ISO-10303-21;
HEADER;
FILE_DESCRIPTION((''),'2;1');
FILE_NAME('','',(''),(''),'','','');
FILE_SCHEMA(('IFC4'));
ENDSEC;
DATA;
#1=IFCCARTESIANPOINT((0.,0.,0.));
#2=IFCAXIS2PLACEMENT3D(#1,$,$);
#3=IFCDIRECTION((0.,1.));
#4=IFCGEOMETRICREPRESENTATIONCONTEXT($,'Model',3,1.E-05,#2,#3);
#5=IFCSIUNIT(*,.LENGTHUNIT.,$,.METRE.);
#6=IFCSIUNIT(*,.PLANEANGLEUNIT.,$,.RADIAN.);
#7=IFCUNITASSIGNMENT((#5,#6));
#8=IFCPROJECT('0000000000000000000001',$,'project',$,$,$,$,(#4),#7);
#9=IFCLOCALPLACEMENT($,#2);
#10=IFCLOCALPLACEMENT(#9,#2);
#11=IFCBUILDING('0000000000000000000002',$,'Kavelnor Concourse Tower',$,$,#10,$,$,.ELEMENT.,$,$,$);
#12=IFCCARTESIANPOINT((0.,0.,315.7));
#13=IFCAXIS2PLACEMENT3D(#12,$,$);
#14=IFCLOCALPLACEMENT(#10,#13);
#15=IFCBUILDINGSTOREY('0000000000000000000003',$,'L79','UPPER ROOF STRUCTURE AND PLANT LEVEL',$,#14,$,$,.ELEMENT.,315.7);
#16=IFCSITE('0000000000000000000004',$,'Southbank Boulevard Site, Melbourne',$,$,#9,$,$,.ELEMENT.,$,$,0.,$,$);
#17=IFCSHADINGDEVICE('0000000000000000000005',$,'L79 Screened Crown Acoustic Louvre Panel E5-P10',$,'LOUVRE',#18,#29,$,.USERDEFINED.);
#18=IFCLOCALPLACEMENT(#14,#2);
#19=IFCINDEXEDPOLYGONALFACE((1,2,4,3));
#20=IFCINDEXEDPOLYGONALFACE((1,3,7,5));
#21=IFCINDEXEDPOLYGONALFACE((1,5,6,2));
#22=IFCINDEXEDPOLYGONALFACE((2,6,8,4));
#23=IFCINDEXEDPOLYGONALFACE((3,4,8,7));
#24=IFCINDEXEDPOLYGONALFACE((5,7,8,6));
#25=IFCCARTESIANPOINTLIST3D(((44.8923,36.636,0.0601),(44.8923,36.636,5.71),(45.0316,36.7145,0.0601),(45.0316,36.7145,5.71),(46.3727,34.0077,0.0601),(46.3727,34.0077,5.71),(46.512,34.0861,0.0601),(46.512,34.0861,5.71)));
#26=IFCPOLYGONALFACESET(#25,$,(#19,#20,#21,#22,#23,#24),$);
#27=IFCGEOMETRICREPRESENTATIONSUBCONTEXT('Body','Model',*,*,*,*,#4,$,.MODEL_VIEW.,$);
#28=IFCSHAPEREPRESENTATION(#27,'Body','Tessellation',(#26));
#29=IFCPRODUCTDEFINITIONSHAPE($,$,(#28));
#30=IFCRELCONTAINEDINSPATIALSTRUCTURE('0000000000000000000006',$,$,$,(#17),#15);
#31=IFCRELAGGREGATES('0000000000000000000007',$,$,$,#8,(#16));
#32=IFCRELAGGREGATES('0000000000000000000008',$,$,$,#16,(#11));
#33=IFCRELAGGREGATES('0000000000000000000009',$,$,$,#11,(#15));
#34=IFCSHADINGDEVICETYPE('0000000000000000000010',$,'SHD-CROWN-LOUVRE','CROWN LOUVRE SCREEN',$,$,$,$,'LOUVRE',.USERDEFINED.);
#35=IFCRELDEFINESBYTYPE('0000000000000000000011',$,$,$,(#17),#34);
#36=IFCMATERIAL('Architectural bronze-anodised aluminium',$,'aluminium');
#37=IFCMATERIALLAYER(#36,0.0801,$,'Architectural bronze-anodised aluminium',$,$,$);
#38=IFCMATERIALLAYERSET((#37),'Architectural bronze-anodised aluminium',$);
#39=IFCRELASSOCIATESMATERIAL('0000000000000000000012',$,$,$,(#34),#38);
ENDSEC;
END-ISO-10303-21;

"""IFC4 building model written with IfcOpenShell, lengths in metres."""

from ifc_helpers import new_model, si_unit, direction, frame, origin, origin_2d, place, context, subcontext, project, spatial, rectangle, extrude, material, layer, layer_set, type_object, element, save


model = new_model("IFC4")

# Units and contexts
model_context = context("Model", 3, precision=1e-05, world=origin(), true_north=direction((0.0, 1.0)))
body_context = subcontext(model_context, "Body", "Model", "MODEL_VIEW")
ifc_project = project(units=[si_unit("LENGTHUNIT", "METRE"), si_unit("PLANEANGLEUNIT", "RADIAN")], contexts=[model_context])

# Site, building, storey
site_placement = place(None, origin())
site = spatial("IfcSite", under=ifc_project, at=site_placement, Name="Southbank Boulevard Site, Melbourne", CompositionType="ELEMENT", RefElevation=0.0)
building_placement = place(site_placement, origin())
building = spatial("IfcBuilding", under=site, at=building_placement, Name="Kavelnor Concourse Tower", CompositionType="ELEMENT")
storey_placement = place(building_placement, frame((0.0, 0.0, 315.7)))
storey = spatial("IfcBuildingStorey", under=building, at=storey_placement, Name="L79", Description="UPPER ROOF STRUCTURE AND PLANT LEVEL", CompositionType="ELEMENT", Elevation=315.7)

# Shading device
ifc_material_1 = material(Name="Architectural bronze-anodised aluminium", Category="aluminium")
ifc_layer_1 = layer(ifc_material_1, 0.0801, Name="Architectural bronze-anodised aluminium")
ifc_layer_set_1 = layer_set([ifc_layer_1], Name="Architectural bronze-anodised aluminium")
shading_device_type = type_object("IfcShadingDeviceType", Name="SHD-CROWN-LOUVRE", Description="CROWN LOUVRE SCREEN", ElementType="LOUVRE", PredefinedType="USERDEFINED", material=ifc_layer_set_1)
for number, where, z_axis, x_axis, name in (
    (1, (45.7021, 35.3611, 0.0601), (0.0, 0.0, 1.0), (-0.490752, 0.871299, 0.0), "L79 Screened Crown Acoustic Louvre Panel E5-P10"),
):
    element("IfcShadingDevice", number, at=place(storey_placement, frame(where, z_axis=z_axis, x_axis=x_axis)), inside=storey, type_object=shading_device_type, Name=name, ObjectType="LOUVRE", PredefinedType="USERDEFINED", context=body_context, shape_type="SweptSolid", body=[
        extrude(rectangle(XDim=3.0166, YDim=0.1599, at=origin_2d()), origin(), (0.0, 0.0, 1.0), 5.6499),
    ])

save(model, "model.ifc")
